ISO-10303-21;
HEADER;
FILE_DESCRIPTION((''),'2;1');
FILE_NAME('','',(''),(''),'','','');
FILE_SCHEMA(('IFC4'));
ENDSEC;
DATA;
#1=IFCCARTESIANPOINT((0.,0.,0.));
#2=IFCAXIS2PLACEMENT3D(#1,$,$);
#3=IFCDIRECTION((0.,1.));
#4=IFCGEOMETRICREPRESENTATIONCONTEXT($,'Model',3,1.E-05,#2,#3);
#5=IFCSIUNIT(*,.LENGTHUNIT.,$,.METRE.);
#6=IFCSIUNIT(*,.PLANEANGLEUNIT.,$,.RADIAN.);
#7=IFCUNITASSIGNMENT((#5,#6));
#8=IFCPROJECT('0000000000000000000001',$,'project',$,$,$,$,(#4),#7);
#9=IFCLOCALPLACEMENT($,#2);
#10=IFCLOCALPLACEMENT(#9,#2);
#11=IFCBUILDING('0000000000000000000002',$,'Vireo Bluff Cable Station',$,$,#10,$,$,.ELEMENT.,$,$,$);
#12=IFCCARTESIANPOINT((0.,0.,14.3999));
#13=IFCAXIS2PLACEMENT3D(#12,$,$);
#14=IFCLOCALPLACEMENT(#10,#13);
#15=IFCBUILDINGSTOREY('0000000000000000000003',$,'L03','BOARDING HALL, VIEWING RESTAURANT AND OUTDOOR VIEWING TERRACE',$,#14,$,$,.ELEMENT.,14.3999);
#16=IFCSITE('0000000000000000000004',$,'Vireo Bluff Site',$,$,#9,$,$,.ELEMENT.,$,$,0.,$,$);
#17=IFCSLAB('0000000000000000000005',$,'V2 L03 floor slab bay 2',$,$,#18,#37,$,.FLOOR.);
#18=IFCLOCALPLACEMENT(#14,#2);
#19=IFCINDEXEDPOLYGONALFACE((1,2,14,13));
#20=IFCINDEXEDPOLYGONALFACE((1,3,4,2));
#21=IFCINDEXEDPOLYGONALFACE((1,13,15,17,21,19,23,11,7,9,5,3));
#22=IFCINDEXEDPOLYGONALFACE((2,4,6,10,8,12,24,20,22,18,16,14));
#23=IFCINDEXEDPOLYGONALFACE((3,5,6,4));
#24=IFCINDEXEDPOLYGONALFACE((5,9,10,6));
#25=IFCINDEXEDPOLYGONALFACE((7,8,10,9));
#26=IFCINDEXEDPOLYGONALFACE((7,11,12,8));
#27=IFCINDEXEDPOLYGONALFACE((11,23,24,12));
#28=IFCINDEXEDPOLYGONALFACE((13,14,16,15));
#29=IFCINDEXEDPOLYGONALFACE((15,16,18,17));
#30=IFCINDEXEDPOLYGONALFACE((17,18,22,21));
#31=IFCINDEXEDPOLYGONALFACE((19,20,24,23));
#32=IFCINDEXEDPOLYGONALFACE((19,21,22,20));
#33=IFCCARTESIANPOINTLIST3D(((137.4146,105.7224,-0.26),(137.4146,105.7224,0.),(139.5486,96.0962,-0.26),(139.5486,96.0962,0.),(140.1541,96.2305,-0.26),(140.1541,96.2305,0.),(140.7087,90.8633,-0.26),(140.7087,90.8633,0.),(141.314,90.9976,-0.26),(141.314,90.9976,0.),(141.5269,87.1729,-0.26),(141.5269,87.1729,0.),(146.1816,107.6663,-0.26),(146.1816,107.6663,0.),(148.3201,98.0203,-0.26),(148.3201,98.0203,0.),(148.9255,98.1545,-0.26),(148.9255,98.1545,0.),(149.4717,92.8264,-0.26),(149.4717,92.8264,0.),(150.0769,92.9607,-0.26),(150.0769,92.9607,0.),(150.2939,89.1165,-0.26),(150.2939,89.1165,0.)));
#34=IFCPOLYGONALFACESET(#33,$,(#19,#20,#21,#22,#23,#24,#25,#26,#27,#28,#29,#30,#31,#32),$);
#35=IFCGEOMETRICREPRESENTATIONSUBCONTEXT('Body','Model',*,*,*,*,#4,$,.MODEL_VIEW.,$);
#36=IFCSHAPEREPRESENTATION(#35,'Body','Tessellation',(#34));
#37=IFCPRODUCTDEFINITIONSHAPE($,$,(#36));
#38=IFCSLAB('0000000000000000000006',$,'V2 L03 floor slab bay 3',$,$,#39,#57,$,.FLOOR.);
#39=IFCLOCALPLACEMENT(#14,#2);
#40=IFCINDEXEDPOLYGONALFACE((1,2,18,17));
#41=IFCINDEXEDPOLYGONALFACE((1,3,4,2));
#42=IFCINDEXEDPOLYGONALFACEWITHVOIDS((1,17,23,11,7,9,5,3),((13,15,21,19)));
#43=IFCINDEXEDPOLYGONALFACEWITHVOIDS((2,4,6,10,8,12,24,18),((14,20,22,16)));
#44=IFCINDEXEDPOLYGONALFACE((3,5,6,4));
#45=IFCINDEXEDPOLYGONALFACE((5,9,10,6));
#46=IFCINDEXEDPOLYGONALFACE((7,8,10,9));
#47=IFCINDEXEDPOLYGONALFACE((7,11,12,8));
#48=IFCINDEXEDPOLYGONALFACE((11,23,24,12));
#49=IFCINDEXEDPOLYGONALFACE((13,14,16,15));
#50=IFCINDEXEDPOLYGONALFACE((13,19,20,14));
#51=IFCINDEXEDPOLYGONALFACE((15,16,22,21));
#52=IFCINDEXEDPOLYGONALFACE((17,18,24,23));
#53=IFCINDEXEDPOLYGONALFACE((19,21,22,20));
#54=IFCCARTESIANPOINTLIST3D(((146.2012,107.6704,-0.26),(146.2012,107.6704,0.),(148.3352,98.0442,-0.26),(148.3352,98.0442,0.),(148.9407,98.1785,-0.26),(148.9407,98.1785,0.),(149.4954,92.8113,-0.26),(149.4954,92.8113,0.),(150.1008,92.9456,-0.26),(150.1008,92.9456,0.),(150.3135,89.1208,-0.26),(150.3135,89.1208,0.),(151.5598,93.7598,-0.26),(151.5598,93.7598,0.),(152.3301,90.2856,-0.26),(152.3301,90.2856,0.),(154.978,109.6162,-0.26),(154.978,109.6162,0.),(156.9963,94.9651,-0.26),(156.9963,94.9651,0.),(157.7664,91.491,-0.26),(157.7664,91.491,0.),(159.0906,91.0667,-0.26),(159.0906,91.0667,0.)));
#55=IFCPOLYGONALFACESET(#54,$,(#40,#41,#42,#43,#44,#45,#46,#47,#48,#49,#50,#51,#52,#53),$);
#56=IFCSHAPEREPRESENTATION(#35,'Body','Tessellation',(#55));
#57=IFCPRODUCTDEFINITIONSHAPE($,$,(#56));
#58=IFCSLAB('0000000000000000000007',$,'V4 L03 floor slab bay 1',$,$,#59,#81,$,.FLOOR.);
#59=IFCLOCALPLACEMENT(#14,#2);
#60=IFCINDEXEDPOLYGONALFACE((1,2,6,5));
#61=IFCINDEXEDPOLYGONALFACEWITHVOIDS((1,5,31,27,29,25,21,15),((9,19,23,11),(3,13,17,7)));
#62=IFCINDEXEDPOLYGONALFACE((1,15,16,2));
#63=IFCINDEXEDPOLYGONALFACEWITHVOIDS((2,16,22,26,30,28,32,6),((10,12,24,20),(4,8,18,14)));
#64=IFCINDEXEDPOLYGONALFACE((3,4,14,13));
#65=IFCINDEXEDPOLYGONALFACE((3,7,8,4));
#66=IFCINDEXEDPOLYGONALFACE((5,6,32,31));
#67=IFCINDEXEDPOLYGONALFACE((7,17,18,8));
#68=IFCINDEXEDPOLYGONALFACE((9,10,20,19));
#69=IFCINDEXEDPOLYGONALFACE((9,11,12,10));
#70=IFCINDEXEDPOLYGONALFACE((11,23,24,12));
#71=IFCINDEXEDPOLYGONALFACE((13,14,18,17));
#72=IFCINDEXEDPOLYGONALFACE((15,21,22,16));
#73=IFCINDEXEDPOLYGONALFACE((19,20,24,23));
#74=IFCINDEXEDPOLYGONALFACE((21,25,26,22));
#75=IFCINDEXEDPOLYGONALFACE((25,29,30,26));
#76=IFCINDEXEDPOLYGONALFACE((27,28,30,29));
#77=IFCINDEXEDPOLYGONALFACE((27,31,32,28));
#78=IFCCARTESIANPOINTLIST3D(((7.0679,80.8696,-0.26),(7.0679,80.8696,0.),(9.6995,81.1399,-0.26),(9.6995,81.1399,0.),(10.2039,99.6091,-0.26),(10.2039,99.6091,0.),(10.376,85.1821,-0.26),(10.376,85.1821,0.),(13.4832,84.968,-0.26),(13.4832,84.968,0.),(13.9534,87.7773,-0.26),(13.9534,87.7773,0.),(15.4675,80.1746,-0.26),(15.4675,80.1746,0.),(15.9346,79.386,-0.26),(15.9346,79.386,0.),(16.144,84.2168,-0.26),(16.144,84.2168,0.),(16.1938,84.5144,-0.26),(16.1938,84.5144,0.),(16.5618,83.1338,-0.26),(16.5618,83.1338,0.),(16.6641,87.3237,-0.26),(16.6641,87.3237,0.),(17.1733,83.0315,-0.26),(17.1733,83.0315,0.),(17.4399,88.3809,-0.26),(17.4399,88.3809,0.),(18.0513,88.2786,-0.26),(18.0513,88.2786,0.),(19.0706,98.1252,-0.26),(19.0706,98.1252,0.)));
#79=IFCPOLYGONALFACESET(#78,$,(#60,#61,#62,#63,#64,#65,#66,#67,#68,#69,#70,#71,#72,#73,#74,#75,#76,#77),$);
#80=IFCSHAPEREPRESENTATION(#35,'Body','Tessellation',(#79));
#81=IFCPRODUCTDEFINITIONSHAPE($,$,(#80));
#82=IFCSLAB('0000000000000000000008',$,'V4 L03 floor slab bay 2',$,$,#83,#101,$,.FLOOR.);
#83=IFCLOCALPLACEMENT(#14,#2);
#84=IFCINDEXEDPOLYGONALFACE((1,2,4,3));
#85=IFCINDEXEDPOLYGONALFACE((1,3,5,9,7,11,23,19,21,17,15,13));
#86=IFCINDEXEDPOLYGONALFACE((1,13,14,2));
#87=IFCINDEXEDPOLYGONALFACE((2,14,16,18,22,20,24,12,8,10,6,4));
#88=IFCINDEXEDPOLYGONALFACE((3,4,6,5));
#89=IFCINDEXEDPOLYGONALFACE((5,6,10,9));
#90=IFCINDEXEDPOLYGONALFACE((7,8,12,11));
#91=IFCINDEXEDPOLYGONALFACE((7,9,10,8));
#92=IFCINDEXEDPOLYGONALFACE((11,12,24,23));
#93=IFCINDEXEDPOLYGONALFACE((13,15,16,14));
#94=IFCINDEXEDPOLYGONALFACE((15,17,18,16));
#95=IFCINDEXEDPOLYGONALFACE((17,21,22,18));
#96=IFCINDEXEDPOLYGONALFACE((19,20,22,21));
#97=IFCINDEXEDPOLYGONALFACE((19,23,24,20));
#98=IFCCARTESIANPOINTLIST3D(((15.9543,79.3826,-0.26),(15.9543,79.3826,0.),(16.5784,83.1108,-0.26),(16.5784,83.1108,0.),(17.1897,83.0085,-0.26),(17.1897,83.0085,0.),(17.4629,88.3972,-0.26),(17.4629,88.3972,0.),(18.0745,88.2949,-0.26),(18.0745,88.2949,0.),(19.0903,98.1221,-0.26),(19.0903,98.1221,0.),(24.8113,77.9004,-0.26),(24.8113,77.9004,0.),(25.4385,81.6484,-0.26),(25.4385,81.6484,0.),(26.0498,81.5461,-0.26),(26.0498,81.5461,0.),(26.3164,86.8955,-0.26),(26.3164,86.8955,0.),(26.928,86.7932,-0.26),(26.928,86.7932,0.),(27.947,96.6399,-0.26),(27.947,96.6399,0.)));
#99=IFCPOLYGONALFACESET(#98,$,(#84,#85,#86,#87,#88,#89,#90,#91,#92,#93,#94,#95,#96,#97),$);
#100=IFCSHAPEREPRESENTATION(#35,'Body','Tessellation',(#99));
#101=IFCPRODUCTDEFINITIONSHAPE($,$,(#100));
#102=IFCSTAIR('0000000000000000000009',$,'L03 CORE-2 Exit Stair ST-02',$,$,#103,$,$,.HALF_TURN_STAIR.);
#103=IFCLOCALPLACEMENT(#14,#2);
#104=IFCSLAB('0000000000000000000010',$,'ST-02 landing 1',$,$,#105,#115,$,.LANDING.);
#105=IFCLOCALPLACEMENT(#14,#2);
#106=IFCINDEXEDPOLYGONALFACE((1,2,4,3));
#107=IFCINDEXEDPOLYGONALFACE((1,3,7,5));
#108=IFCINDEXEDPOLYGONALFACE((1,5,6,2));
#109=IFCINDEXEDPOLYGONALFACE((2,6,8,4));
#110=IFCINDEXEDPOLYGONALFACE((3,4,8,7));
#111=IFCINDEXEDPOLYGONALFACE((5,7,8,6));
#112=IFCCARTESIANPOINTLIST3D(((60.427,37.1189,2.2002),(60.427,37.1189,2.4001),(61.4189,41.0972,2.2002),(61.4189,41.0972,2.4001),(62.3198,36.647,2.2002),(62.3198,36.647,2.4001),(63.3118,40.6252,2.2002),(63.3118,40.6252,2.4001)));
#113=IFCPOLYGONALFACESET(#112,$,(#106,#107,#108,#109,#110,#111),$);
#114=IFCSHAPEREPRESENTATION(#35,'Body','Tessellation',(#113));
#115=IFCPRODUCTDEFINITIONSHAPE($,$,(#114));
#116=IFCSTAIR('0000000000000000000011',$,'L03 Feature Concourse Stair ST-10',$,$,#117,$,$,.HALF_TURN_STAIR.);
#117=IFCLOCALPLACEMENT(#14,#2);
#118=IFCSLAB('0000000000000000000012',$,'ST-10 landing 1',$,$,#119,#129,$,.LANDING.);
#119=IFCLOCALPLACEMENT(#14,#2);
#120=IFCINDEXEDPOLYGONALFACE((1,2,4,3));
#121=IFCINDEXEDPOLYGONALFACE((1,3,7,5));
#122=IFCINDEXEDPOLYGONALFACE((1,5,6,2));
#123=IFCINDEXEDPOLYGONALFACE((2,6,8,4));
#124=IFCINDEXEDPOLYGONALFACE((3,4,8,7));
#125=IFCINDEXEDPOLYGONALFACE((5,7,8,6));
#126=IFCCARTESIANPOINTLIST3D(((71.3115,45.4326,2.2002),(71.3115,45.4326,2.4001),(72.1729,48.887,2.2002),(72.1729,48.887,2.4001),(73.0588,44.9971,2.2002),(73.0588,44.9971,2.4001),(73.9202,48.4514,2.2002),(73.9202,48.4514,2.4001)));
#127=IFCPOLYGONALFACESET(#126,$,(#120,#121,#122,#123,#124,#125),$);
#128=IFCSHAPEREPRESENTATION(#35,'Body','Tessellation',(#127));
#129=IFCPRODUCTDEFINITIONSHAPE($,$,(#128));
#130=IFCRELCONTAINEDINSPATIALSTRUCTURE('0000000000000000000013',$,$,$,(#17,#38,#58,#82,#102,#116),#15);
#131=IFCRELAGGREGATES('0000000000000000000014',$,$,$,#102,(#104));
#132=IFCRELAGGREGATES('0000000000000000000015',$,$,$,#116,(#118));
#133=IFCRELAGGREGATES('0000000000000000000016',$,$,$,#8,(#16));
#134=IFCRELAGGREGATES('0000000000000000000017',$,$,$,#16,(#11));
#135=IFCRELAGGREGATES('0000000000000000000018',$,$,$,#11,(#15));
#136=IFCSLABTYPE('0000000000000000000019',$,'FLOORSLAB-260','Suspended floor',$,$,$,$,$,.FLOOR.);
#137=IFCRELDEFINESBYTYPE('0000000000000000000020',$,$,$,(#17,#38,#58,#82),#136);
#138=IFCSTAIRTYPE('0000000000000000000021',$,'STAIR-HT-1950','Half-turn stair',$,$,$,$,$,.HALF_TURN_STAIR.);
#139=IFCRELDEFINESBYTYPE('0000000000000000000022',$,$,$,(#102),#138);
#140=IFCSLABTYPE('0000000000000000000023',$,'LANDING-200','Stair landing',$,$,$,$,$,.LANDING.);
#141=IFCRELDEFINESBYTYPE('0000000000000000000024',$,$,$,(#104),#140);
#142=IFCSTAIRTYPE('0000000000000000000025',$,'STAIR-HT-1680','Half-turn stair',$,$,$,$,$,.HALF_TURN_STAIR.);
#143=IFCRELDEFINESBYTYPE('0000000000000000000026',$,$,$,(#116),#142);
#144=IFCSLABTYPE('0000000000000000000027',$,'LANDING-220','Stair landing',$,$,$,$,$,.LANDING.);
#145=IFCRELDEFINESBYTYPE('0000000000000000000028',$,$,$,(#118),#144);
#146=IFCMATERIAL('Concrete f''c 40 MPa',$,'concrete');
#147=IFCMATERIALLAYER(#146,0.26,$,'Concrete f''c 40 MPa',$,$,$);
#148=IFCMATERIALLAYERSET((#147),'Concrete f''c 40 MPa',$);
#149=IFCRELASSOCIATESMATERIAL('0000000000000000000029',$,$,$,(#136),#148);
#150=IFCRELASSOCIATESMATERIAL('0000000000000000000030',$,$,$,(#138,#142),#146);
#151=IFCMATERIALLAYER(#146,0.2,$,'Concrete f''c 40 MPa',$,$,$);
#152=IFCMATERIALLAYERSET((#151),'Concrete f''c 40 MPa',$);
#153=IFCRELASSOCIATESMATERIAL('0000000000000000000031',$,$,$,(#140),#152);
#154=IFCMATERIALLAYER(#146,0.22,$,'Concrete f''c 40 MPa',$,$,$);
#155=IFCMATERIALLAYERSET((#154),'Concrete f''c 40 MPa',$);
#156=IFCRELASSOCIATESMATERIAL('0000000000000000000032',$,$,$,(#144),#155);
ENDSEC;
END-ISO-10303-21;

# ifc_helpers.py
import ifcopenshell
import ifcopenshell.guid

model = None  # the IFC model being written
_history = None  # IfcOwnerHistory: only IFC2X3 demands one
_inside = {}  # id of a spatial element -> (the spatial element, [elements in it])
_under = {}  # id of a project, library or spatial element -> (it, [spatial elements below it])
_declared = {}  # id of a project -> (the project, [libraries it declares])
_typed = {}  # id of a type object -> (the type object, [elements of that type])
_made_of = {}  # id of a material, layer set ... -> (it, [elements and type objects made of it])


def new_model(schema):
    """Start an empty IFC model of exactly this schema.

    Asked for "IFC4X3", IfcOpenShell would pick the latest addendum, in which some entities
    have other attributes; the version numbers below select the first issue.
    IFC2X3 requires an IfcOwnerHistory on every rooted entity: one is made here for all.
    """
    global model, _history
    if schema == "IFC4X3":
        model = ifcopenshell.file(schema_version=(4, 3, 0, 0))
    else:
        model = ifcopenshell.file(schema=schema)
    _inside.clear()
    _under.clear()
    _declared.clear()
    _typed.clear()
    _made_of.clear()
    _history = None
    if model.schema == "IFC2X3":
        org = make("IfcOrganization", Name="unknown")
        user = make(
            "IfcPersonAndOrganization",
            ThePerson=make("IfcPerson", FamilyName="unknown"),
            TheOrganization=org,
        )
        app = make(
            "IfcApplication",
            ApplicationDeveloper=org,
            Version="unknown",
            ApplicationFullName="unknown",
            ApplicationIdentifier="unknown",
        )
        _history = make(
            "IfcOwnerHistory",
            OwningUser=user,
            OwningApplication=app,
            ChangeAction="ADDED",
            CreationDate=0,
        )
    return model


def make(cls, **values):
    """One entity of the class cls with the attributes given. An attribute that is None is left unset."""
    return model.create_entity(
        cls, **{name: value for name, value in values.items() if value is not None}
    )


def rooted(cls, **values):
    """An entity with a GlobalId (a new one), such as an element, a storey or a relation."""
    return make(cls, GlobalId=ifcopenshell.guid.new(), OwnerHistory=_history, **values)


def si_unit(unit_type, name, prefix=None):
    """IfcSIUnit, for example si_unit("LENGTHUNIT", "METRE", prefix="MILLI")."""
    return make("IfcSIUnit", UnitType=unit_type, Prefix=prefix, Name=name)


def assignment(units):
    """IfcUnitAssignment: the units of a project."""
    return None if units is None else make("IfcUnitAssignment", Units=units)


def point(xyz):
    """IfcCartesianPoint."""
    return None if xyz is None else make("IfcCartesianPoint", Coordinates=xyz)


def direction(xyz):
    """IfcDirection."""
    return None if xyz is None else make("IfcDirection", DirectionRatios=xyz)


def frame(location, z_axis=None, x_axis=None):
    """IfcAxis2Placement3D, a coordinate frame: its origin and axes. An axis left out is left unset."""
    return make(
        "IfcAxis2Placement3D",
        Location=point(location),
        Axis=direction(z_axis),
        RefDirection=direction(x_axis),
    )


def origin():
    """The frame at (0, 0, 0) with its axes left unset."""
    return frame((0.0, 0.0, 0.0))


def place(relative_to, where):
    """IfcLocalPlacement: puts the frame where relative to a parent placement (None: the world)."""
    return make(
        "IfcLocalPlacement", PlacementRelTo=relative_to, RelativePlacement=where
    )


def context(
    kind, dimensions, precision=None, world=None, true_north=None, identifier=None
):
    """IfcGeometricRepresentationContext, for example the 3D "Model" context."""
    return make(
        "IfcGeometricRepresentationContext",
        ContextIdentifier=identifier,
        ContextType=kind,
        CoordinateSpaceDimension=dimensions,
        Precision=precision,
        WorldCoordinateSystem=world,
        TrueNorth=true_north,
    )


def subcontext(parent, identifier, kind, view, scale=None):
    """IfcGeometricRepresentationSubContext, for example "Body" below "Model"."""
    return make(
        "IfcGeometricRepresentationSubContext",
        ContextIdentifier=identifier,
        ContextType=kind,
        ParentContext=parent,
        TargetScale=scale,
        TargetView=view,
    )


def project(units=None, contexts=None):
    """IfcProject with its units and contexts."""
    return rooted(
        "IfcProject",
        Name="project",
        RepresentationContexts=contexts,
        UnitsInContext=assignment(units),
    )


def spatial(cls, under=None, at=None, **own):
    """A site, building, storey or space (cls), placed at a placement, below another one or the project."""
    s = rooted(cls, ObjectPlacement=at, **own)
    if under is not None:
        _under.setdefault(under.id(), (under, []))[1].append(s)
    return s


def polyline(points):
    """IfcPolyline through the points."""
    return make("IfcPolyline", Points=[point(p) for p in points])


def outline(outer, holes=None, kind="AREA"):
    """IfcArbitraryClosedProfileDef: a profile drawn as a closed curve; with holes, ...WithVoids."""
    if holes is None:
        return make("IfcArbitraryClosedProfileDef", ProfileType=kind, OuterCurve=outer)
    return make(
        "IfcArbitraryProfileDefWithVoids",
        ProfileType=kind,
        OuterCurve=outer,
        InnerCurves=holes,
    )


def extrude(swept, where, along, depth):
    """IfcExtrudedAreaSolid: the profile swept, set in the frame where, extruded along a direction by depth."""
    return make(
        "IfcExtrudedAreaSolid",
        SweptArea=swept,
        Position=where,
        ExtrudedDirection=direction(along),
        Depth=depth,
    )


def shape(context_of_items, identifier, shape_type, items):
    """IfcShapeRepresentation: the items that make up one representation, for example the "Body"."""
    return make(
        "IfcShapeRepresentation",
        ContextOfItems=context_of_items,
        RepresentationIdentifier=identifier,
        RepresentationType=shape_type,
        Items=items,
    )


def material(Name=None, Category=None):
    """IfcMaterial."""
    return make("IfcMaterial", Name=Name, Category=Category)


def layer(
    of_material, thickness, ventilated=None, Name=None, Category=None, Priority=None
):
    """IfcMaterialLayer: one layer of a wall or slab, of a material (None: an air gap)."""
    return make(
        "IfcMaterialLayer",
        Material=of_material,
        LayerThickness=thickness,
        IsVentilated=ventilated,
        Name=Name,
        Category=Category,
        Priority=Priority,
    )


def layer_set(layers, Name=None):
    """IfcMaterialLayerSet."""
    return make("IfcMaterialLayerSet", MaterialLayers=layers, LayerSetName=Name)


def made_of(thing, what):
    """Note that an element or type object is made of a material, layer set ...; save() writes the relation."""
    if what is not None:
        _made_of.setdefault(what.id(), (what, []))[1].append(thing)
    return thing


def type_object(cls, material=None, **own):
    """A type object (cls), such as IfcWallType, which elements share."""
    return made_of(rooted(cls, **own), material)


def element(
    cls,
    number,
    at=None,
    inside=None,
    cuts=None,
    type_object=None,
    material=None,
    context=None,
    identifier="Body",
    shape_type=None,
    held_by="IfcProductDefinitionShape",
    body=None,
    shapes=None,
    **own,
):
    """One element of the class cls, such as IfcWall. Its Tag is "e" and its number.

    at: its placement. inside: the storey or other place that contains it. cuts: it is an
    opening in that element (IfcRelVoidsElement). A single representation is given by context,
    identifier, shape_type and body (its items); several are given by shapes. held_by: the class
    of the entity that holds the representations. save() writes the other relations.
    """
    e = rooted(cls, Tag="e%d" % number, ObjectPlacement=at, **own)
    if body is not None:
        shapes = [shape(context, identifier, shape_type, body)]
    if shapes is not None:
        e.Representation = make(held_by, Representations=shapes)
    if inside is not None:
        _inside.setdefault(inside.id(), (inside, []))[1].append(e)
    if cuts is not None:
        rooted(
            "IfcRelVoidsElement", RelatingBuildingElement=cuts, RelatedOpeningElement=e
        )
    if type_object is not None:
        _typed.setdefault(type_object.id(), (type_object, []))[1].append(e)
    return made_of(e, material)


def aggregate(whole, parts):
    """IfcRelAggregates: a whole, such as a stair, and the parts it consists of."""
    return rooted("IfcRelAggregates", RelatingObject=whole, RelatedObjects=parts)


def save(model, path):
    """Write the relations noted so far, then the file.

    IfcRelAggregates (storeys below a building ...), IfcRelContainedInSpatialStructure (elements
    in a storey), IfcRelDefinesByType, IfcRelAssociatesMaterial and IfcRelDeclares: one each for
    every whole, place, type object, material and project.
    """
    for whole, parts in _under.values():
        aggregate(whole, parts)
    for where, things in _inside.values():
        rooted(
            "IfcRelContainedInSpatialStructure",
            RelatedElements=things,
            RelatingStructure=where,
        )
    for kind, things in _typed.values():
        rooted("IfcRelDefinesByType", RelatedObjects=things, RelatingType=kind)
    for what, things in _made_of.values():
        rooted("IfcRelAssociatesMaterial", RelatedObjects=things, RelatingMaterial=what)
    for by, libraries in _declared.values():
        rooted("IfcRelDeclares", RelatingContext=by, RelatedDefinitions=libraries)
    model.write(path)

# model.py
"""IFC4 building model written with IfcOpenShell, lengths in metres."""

from ifc_helpers import new_model, si_unit, direction, frame, origin, place, context, subcontext, project, spatial, polyline, outline, extrude, material, layer, layer_set, type_object, element, aggregate, save


model = new_model("IFC4")

# Units and contexts
model_context = context("Model", 3, precision=1e-05, world=origin(), true_north=direction((0.0, 1.0)))
body_context = subcontext(model_context, "Body", "Model", "MODEL_VIEW")
ifc_project = project(units=[si_unit("LENGTHUNIT", "METRE"), si_unit("PLANEANGLEUNIT", "RADIAN")], contexts=[model_context])

# Site, building, storey
site_placement = place(None, origin())
site = spatial("IfcSite", under=ifc_project, at=site_placement, Name="Vireo Bluff Site", CompositionType="ELEMENT", RefElevation=0.0)
building_placement = place(site_placement, origin())
building = spatial("IfcBuilding", under=site, at=building_placement, Name="Vireo Bluff Cable Station", CompositionType="ELEMENT")
storey_placement = place(building_placement, frame((0.0, 0.0, 14.3999)))
storey = spatial("IfcBuildingStorey", under=building, at=storey_placement, Name="L03", Description="BOARDING HALL, VIEWING RESTAURANT AND OUTDOOR VIEWING TERRACE", CompositionType="ELEMENT", Elevation=14.3999)

# Slabs
ifc_material_1 = material(Name="Concrete f'c 40 MPa", Category="concrete")
ifc_layer_1 = layer(ifc_material_1, 0.26, Name="Concrete f'c 40 MPa")
ifc_layer_set_1 = layer_set([ifc_layer_1], Name="Concrete f'c 40 MPa")
slab_type_1 = type_object("IfcSlabType", Name="FLOORSLAB-260", Description="Suspended floor", PredefinedType="FLOOR", material=ifc_layer_set_1)
slab_1_placement = place(storey_placement, frame((0.0, 0.0, -0.26)))
element("IfcSlab", 1, at=slab_1_placement, inside=storey, type_object=slab_type_1, Name="V2 L03 floor slab bay 2", PredefinedType="FLOOR", context=body_context, shape_type="SweptSolid", body=[
    extrude(outline(polyline([(141.5269, 87.1729), (150.2939, 89.1165), (149.4717, 92.8264), (150.0769, 92.9607), (148.9255, 98.1545), (148.3201, 98.0203), (146.1816, 107.6663), (137.4146, 105.7224), (139.5486, 96.0962), (140.1541, 96.2305), (141.314, 90.9976), (140.7087, 90.8633), (141.5269, 87.1729)])), origin(), (0.0, 0.0, 1.0), 0.26),
])
slab_2_placement = place(storey_placement, frame((0.0, 0.0, -0.26)))
element("IfcSlab", 2, at=slab_2_placement, inside=storey, type_object=slab_type_1, Name="V2 L03 floor slab bay 3", PredefinedType="FLOOR", context=body_context, shape_type="SweptSolid", body=[
    extrude(outline(polyline([(150.3135, 89.1208), (159.0906, 91.0667), (154.978, 109.6162), (146.2012, 107.6704), (148.3352, 98.0442), (148.9407, 98.1785), (150.1008, 92.9456), (149.4954, 92.8113), (150.3135, 89.1208)]), holes=[polyline([(152.3301, 90.2856), (151.5598, 93.7598), (156.9963, 94.9651), (157.7664, 91.491), (152.3301, 90.2856)])]), origin(), (0.0, 0.0, 1.0), 0.26),
])
slab_3_placement = place(storey_placement, frame((0.0, 0.0, -0.26)))
element("IfcSlab", 3, at=slab_3_placement, inside=storey, type_object=slab_type_1, Name="V4 L03 floor slab bay 1", PredefinedType="FLOOR", context=body_context, shape_type="SweptSolid", body=[
    extrude(outline(polyline([(7.0679, 80.8696), (15.9346, 79.386), (16.5618, 83.1338), (17.1733, 83.0315), (18.0513, 88.2786), (17.4399, 88.3809), (19.0706, 98.1252), (10.2039, 99.6091), (7.0679, 80.8696)]), holes=[polyline([(9.6995, 81.1399), (10.376, 85.1821), (16.144, 84.2168), (15.4675, 80.1746), (9.6995, 81.1399)]), polyline([(13.4832, 84.968), (13.9534, 87.7773), (16.6641, 87.3237), (16.1938, 84.5144), (13.4832, 84.968)])]), origin(), (0.0, 0.0, 1.0), 0.26),
])
slab_4_placement = place(storey_placement, frame((0.0, 0.0, -0.26)))
element("IfcSlab", 4, at=slab_4_placement, inside=storey, type_object=slab_type_1, Name="V4 L03 floor slab bay 2", PredefinedType="FLOOR", context=body_context, shape_type="SweptSolid", body=[
    extrude(outline(polyline([(15.9543, 79.3826), (24.8113, 77.9004), (25.4385, 81.6484), (26.0498, 81.5461), (26.928, 86.7932), (26.3164, 86.8955), (27.947, 96.6399), (19.0903, 98.1221), (17.4629, 88.3972), (18.0745, 88.2949), (17.1897, 83.0085), (16.5784, 83.1108), (15.9543, 79.3826)])), origin(), (0.0, 0.0, 1.0), 0.26),
])

# Stairs, slabs
stair_type_1 = type_object("IfcStairType", Name="STAIR-HT-1950", Description="Half-turn stair", PredefinedType="HALF_TURN_STAIR", material=ifc_material_1)
stair_1_placement = place(storey_placement, origin())
stair_1 = element("IfcStair", 5, at=stair_1_placement, inside=storey, type_object=stair_type_1, Name="L03 CORE-2 Exit Stair ST-02", PredefinedType="HALF_TURN_STAIR")
ifc_layer_2 = layer(ifc_material_1, 0.2, Name="Concrete f'c 40 MPa")
ifc_layer_set_2 = layer_set([ifc_layer_2], Name="Concrete f'c 40 MPa")
slab_type_2 = type_object("IfcSlabType", Name="LANDING-200", Description="Stair landing", PredefinedType="LANDING", material=ifc_layer_set_2)
slab_5_placement = place(storey_placement, frame((0.0, 0.0, 2.2002)))
slab_5 = element("IfcSlab", 6, at=slab_5_placement, type_object=slab_type_2, Name="ST-02 landing 1", PredefinedType="LANDING", context=body_context, shape_type="SweptSolid", body=[
    extrude(outline(polyline([(60.427, 37.1189), (62.3198, 36.647), (63.3118, 40.6252), (61.4189, 41.0972), (60.427, 37.1189)])), origin(), (0.0, 0.0, 1.0), 0.2),
])
aggregate(stair_1, [slab_5])
stair_type_2 = type_object("IfcStairType", Name="STAIR-HT-1680", Description="Half-turn stair", PredefinedType="HALF_TURN_STAIR", material=ifc_material_1)
stair_2_placement = place(storey_placement, origin())
stair_2 = element("IfcStair", 7, at=stair_2_placement, inside=storey, type_object=stair_type_2, Name="L03 Feature Concourse Stair ST-10", PredefinedType="HALF_TURN_STAIR")
ifc_layer_3 = layer(ifc_material_1, 0.22, Name="Concrete f'c 40 MPa")
ifc_layer_set_3 = layer_set([ifc_layer_3], Name="Concrete f'c 40 MPa")
slab_type_3 = type_object("IfcSlabType", Name="LANDING-220", Description="Stair landing", PredefinedType="LANDING", material=ifc_layer_set_3)
slab_6_placement = place(storey_placement, frame((0.0, 0.0, 2.2002)))
slab_6 = element("IfcSlab", 8, at=slab_6_placement, type_object=slab_type_3, Name="ST-10 landing 1", PredefinedType="LANDING", context=body_context, shape_type="SweptSolid", body=[
    extrude(outline(polyline([(71.3115, 45.4326), (73.0588, 44.9971), (73.9202, 48.4514), (72.1729, 48.887), (71.3115, 45.4326)])), origin(), (0.0, 0.0, 1.0), 0.2),
])
aggregate(stair_2, [slab_6])

save(model, "model.ifc")
